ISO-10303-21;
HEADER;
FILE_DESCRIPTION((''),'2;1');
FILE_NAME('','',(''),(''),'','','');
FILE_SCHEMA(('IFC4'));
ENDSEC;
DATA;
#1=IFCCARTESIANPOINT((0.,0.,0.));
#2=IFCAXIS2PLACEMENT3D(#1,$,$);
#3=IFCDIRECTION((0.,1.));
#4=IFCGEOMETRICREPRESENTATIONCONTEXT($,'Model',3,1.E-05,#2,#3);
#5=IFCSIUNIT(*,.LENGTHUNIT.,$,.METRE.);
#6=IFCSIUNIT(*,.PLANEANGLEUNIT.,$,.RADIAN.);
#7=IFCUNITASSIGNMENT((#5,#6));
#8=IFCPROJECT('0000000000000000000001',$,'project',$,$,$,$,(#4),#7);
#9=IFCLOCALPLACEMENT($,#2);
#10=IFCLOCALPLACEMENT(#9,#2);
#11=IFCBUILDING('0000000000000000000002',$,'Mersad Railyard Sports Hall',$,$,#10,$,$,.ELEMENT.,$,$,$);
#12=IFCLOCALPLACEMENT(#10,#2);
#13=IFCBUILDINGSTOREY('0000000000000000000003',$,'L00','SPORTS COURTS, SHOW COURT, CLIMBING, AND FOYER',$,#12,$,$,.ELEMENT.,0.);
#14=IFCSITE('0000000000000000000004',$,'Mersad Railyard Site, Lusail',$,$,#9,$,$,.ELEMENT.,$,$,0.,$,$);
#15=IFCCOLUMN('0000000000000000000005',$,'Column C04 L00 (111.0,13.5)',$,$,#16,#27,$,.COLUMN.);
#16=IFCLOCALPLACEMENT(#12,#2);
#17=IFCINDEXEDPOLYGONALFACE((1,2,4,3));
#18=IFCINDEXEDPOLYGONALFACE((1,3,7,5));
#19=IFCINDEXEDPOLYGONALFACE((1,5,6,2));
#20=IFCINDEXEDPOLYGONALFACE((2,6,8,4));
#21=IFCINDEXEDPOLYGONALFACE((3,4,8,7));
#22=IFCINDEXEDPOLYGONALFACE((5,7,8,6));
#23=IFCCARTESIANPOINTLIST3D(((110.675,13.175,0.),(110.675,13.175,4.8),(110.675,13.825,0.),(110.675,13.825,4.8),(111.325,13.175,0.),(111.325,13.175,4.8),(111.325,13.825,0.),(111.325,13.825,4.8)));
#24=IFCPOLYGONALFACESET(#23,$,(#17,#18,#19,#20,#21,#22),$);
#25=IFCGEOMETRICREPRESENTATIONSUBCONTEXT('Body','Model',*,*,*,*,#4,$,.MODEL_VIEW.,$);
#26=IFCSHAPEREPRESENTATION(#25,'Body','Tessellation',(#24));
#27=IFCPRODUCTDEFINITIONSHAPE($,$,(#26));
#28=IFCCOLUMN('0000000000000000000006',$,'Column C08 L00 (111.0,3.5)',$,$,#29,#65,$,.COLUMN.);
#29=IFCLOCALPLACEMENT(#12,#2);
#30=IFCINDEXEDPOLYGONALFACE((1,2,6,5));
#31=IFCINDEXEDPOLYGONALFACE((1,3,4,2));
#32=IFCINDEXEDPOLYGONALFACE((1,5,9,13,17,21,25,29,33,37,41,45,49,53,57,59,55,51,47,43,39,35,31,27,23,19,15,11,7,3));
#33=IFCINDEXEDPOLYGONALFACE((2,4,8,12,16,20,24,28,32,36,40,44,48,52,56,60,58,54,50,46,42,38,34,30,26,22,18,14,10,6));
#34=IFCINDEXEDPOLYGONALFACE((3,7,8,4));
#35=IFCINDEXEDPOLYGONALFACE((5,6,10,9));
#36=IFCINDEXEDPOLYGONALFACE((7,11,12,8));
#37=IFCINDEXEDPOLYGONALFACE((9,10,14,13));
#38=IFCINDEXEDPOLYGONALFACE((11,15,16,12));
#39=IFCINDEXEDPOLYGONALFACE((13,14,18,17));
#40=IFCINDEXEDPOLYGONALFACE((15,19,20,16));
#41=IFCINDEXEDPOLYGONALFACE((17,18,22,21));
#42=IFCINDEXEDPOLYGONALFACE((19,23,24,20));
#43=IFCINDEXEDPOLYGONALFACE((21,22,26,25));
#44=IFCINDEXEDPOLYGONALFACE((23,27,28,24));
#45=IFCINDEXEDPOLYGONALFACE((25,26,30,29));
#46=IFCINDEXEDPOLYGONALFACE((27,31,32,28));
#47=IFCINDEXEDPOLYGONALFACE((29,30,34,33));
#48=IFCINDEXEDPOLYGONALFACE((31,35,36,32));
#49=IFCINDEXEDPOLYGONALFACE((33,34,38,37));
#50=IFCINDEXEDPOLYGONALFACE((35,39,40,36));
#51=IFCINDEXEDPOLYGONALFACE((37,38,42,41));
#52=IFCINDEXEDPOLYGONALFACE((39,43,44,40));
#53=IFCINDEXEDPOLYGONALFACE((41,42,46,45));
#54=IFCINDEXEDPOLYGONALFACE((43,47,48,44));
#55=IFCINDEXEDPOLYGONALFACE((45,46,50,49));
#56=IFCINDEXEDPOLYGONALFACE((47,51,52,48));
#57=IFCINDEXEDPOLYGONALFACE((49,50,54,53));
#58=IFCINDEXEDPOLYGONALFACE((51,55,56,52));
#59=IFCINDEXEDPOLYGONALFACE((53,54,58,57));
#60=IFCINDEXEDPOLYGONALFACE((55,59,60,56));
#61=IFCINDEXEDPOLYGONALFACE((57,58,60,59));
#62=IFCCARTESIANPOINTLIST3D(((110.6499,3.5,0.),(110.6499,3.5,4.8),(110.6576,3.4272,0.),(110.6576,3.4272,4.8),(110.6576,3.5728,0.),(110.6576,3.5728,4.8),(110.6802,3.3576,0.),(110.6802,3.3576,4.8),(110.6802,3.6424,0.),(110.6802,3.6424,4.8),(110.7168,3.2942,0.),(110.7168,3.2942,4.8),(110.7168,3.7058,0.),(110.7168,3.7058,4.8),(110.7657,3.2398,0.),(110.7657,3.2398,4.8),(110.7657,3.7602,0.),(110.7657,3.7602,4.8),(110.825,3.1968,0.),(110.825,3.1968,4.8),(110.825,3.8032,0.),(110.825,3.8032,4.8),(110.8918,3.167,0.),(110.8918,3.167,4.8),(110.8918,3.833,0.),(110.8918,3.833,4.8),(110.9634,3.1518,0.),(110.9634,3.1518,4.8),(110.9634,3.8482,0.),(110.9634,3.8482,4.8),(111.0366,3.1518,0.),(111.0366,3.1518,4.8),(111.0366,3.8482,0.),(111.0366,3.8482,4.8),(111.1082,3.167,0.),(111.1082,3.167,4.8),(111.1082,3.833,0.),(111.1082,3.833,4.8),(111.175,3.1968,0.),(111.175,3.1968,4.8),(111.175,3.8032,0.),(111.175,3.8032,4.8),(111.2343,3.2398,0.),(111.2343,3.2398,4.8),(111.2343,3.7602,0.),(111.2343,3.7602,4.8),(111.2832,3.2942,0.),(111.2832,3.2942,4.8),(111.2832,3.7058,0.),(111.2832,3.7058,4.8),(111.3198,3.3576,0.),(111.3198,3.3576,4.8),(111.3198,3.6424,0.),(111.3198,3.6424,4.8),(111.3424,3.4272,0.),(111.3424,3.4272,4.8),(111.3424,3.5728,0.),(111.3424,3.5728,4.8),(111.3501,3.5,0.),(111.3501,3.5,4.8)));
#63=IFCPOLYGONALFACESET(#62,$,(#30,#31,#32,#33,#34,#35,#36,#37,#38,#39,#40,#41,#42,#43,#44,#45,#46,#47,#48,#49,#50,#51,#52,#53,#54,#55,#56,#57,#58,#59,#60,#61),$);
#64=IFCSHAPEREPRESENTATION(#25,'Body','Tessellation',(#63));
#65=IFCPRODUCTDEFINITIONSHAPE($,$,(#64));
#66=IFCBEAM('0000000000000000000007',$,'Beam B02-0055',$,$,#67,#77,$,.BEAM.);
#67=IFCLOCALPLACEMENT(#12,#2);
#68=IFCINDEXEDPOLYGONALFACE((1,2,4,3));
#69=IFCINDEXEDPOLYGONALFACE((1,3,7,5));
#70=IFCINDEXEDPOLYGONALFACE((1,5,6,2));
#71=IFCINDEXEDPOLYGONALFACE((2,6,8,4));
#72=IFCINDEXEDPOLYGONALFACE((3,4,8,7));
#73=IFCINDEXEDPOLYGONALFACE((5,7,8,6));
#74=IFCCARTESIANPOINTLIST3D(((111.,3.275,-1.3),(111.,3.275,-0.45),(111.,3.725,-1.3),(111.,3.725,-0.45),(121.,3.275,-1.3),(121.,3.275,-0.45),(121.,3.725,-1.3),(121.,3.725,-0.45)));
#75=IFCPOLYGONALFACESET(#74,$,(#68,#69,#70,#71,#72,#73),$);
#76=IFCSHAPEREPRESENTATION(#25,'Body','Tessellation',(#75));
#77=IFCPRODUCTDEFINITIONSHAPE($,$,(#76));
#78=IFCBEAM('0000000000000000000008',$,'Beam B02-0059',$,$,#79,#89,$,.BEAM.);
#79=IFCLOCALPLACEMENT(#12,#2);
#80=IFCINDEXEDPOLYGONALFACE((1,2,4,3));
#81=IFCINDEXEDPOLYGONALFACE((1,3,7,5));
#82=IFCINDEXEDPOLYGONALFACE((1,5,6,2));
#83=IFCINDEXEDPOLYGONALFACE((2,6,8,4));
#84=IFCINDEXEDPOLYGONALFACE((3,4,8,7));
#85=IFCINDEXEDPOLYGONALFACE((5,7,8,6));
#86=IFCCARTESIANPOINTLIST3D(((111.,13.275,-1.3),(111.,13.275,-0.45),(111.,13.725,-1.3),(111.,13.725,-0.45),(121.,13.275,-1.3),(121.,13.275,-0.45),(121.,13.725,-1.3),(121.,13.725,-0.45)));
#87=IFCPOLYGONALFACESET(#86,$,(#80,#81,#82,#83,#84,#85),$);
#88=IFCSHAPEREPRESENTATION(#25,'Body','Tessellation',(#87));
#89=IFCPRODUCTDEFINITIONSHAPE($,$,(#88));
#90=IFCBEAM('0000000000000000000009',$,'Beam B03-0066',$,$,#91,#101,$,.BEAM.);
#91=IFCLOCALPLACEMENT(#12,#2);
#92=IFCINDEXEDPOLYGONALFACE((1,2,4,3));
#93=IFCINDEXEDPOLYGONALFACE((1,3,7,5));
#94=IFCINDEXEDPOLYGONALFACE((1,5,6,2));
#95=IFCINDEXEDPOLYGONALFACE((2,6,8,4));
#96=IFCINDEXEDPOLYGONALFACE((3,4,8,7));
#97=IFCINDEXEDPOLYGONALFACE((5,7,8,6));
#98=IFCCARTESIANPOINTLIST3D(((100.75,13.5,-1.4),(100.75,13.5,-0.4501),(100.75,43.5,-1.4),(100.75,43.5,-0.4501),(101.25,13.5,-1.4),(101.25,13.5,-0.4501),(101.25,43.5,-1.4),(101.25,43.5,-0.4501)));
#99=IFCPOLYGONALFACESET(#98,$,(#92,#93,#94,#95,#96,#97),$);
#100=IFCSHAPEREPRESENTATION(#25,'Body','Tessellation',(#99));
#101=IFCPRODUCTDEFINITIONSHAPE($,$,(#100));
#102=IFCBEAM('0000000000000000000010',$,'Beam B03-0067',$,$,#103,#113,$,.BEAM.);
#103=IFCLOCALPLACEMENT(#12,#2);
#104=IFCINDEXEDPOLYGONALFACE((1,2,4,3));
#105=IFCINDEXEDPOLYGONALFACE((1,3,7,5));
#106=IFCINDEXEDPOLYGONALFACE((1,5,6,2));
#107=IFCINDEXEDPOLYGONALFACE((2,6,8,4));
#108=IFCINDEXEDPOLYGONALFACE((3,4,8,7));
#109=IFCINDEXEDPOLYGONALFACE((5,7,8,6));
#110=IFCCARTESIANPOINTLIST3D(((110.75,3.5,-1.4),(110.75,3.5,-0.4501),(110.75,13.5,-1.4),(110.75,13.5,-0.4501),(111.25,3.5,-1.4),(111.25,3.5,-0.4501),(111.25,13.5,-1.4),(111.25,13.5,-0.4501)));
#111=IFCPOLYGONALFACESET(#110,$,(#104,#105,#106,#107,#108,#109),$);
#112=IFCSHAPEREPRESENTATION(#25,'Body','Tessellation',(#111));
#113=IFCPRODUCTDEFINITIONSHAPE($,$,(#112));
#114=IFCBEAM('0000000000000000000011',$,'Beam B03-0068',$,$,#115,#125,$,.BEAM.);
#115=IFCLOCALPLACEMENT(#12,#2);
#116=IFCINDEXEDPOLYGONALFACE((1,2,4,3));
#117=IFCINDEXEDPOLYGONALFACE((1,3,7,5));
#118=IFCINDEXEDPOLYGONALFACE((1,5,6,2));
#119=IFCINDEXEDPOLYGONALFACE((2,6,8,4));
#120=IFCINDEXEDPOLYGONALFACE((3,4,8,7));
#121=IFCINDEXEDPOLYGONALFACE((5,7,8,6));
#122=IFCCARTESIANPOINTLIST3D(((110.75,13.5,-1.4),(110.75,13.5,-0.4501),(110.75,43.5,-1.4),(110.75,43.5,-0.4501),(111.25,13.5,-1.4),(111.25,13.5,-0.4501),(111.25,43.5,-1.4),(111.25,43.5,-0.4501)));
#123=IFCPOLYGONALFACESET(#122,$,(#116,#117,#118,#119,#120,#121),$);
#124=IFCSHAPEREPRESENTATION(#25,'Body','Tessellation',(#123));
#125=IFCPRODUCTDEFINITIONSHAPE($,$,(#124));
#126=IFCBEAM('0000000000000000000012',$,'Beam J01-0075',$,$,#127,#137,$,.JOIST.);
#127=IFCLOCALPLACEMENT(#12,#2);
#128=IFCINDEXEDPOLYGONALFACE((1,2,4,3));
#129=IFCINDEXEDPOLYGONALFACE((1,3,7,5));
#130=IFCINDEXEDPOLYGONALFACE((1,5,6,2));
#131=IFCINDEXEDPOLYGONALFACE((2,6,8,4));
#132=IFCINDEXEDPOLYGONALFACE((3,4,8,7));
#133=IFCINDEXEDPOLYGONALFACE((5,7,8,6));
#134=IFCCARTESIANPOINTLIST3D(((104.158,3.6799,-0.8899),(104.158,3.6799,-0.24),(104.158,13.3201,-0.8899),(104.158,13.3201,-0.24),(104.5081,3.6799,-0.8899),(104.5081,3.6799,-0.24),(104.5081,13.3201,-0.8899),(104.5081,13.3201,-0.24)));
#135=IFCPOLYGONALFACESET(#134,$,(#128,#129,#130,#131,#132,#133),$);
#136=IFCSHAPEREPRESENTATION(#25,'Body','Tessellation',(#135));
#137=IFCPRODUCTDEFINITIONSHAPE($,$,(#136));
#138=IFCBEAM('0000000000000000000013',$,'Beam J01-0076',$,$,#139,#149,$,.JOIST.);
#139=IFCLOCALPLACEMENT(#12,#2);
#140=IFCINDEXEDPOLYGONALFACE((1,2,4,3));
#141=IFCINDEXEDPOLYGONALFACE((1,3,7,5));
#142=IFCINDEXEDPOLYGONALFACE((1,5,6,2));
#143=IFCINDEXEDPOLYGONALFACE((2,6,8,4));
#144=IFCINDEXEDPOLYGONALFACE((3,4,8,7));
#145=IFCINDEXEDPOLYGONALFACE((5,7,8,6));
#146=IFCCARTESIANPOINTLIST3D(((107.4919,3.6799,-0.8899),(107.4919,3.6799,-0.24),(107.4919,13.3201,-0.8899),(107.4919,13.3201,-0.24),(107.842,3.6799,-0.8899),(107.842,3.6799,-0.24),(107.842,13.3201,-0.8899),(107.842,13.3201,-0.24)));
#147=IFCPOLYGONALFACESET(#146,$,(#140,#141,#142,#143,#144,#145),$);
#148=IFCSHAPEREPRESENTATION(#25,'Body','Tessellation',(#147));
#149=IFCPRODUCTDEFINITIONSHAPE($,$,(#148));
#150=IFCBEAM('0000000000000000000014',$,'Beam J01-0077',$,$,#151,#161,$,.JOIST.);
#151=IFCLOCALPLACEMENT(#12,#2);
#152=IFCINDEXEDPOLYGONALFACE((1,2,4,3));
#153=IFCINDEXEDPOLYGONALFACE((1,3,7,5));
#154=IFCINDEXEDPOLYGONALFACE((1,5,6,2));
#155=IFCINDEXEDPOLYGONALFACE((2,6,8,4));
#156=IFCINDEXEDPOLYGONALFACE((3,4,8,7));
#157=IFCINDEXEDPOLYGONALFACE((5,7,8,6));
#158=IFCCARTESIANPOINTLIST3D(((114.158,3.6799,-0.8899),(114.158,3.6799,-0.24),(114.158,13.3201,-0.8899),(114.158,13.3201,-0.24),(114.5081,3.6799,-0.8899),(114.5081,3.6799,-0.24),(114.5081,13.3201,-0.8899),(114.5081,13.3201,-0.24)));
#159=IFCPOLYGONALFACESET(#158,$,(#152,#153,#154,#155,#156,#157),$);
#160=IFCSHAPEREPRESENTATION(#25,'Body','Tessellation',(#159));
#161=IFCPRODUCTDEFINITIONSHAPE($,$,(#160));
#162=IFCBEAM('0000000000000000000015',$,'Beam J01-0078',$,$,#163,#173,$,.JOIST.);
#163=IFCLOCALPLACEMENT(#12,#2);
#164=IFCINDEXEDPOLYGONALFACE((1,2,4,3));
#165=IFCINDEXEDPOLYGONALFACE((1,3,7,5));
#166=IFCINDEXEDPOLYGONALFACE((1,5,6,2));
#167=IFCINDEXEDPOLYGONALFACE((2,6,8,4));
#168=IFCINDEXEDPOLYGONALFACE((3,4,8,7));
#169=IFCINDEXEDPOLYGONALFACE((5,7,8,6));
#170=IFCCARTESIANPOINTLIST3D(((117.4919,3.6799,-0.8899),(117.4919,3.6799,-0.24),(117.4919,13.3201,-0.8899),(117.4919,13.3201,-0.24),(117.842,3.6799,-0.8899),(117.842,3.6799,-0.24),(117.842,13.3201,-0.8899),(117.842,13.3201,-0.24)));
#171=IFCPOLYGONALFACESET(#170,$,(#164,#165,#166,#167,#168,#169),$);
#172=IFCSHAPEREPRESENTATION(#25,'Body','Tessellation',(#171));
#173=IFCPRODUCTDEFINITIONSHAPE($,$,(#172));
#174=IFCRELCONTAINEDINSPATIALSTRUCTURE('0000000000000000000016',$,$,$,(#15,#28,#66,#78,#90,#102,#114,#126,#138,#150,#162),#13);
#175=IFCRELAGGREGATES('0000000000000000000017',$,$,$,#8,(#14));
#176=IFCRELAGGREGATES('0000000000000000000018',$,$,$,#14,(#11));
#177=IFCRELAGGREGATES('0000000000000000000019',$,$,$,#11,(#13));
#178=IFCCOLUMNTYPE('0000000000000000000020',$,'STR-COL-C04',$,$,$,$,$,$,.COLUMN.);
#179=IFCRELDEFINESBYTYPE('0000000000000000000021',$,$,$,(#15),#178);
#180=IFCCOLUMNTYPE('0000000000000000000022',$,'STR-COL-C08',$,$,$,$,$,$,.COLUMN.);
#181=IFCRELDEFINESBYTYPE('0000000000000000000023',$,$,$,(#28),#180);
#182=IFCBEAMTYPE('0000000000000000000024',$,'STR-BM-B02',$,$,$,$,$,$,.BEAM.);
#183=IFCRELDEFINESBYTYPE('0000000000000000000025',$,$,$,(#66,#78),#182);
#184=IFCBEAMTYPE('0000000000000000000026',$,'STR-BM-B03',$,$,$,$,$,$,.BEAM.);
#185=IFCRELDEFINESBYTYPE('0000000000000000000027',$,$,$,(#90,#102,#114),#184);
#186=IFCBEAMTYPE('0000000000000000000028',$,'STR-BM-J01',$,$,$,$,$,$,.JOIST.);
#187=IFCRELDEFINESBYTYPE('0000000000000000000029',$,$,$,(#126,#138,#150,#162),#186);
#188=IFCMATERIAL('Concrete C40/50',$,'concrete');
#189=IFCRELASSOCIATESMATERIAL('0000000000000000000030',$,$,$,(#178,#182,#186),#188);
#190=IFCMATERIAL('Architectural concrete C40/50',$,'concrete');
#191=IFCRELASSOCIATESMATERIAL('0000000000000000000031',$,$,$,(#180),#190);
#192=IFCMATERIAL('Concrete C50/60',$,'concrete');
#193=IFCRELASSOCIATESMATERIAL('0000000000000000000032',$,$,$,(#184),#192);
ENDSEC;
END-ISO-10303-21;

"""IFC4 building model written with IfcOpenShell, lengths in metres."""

from ifc_helpers import new_model, si_unit, direction, frame, origin, origin_2d, place, context, subcontext, project, spatial, rectangle, circle, extrude, material, material_profile, profile_set, type_object, element, save


model = new_model("IFC4")

# Units and contexts
model_context = context("Model", 3, precision=1e-05, world=origin(), true_north=direction((0.0, 1.0)))
body_context = subcontext(model_context, "Body", "Model", "MODEL_VIEW")
ifc_project = project(units=[si_unit("LENGTHUNIT", "METRE"), si_unit("PLANEANGLEUNIT", "RADIAN")], contexts=[model_context])

# Site, building, storey
site_placement = place(None, origin())
site = spatial("IfcSite", under=ifc_project, at=site_placement, Name="Mersad Railyard Site, Lusail", CompositionType="ELEMENT", RefElevation=0.0)
building_placement = place(site_placement, origin())
building = spatial("IfcBuilding", under=site, at=building_placement, Name="Mersad Railyard Sports Hall", CompositionType="ELEMENT")
storey_placement = place(building_placement, origin())
storey = spatial("IfcBuildingStorey", under=building, at=storey_placement, Name="L00", Description="SPORTS COURTS, SHOW COURT, CLIMBING, AND FOYER", CompositionType="ELEMENT", Elevation=0.0)

# Columns
ifc_material_1 = material(Name="Concrete C40/50", Category="concrete")
ifc_material_profile_1 = material_profile(ifc_material_1, rectangle(XDim=0.6499, YDim=0.6499, at=origin_2d()), Name="RC 650x650")
ifc_profile_set_1 = profile_set([ifc_material_profile_1], Name="Concrete C40/50")
column_type_1 = type_object("IfcColumnType", Name="STR-COL-C04", PredefinedType="COLUMN", material=ifc_profile_set_1)
column_1_placement = place(storey_placement, frame((111.0, 13.5, 0.0), z_axis=(0.0, 0.0, 1.0), x_axis=(1.0, 0.0, 0.0)))
element("IfcColumn", 1, at=column_1_placement, inside=storey, type_object=column_type_1, Name="Column C04 L00 (111.0,13.5)", PredefinedType="COLUMN", context=body_context, shape_type="SweptSolid", body=[
    extrude(rectangle(XDim=0.6499, YDim=0.6499, at=origin_2d()), origin(), (0.0, 0.0, 1.0), 4.8),
])
ifc_material_2 = material(Name="Architectural concrete C40/50", Category="concrete")
ifc_material_profile_2 = material_profile(ifc_material_2, circle(Radius=0.3501, at=origin_2d()), Name="RC D700")
ifc_profile_set_2 = profile_set([ifc_material_profile_2], Name="Architectural concrete C40/50")
column_type_2 = type_object("IfcColumnType", Name="STR-COL-C08", PredefinedType="COLUMN", material=ifc_profile_set_2)
column_2_placement = place(storey_placement, frame((111.0, 3.5, 0.0), z_axis=(0.0, 0.0, 1.0), x_axis=(1.0, 0.0, 0.0)))
element("IfcColumn", 2, at=column_2_placement, inside=storey, type_object=column_type_2, Name="Column C08 L00 (111.0,3.5)", PredefinedType="COLUMN", context=body_context, shape_type="SweptSolid", body=[
    extrude(circle(Radius=0.3501, at=origin_2d()), origin(), (0.0, 0.0, 1.0), 4.8),
])

# Beams
ifc_material_profile_3 = material_profile(ifc_material_1, rectangle(XDim=0.45, YDim=0.8501, at=origin_2d()), Name="RC 450x850")
ifc_profile_set_3 = profile_set([ifc_material_profile_3], Name="Concrete C40/50")
beam_type_1 = type_object("IfcBeamType", Name="STR-BM-B02", PredefinedType="BEAM", material=ifc_profile_set_3)
for number, where, z_axis, x_axis, name in (
    (3, (111.0, 3.5, -0.875), (1.0, 0.0, 0.0), (0.0, 1.0, 0.0), "Beam B02-0055"),
    (4, (111.0, 13.5, -0.875), (1.0, 0.0, 0.0), (0.0, 1.0, 0.0), "Beam B02-0059"),
):
    element("IfcBeam", number, at=place(storey_placement, frame(where, z_axis=z_axis, x_axis=x_axis)), inside=storey, type_object=beam_type_1, Name=name, PredefinedType="BEAM", context=body_context, shape_type="SweptSolid", body=[
        extrude(rectangle(XDim=0.45, YDim=0.8501, at=origin_2d()), origin(), (0.0, 0.0, 1.0), 10.0),
    ])
ifc_material_3 = material(Name="Concrete C50/60", Category="concrete")
ifc_material_profile_4 = material_profile(ifc_material_3, rectangle(XDim=0.5, YDim=0.95, at=origin_2d()), Name="RC 500x950")
ifc_profile_set_4 = profile_set([ifc_material_profile_4], Name="Concrete C50/60")
beam_type_2 = type_object("IfcBeamType", Name="STR-BM-B03", PredefinedType="BEAM", material=ifc_profile_set_4)
beam_1_placement = place(storey_placement, frame((101.0, 13.5, -0.925), z_axis=(0.0, 1.0, 0.0), x_axis=(-1.0, 0.0, 0.0)))
element("IfcBeam", 5, at=beam_1_placement, inside=storey, type_object=beam_type_2, Name="Beam B03-0066", PredefinedType="BEAM", context=body_context, shape_type="SweptSolid", body=[
    extrude(rectangle(XDim=0.5, YDim=0.95, at=origin_2d()), origin(), (0.0, 0.0, 1.0), 30.0),
])
beam_2_placement = place(storey_placement, frame((111.0, 3.5, -0.925), z_axis=(0.0, 1.0, 0.0), x_axis=(-1.0, 0.0, 0.0)))
element("IfcBeam", 6, at=beam_2_placement, inside=storey, type_object=beam_type_2, Name="Beam B03-0067", PredefinedType="BEAM", context=body_context, shape_type="SweptSolid", body=[
    extrude(rectangle(XDim=0.5, YDim=0.95, at=origin_2d()), origin(), (0.0, 0.0, 1.0), 10.0),
])
beam_3_placement = place(storey_placement, frame((111.0, 13.5, -0.925), z_axis=(0.0, 1.0, 0.0), x_axis=(-1.0, 0.0, 0.0)))
element("IfcBeam", 7, at=beam_3_placement, inside=storey, type_object=beam_type_2, Name="Beam B03-0068", PredefinedType="BEAM", context=body_context, shape_type="SweptSolid", body=[
    extrude(rectangle(XDim=0.5, YDim=0.95, at=origin_2d()), origin(), (0.0, 0.0, 1.0), 30.0),
])
ifc_material_profile_5 = material_profile(ifc_material_1, rectangle(XDim=0.3501, YDim=0.6499, at=origin_2d()), Name="RC 350x650")
ifc_profile_set_5 = profile_set([ifc_material_profile_5], Name="Concrete C40/50")
beam_type_3 = type_object("IfcBeamType", Name="STR-BM-J01", PredefinedType="JOIST", material=ifc_profile_set_5)
for number, where, z_axis, x_axis, name in (
    (8, (104.333, 3.6799, -0.5649), (0.0, 1.0, 0.0), (-1.0, 0.0, 0.0), "Beam J01-0075"),
    (9, (107.667, 3.6799, -0.5649), (0.0, 1.0, 0.0), (-1.0, 0.0, 0.0), "Beam J01-0076"),
    (10, (114.333, 3.6799, -0.5649), (0.0, 1.0, 0.0), (-1.0, 0.0, 0.0), "Beam J01-0077"),
    (11, (117.667, 3.6799, -0.5649), (0.0, 1.0, 0.0), (-1.0, 0.0, 0.0), "Beam J01-0078"),
):
    element("IfcBeam", number, at=place(storey_placement, frame(where, z_axis=z_axis, x_axis=x_axis)), inside=storey, type_object=beam_type_3, Name=name, PredefinedType="JOIST", context=body_context, shape_type="SweptSolid", body=[
        extrude(rectangle(XDim=0.3501, YDim=0.6499, at=origin_2d()), origin(), (0.0, 0.0, 1.0), 9.6401),
    ])

save(model, "model.ifc")
